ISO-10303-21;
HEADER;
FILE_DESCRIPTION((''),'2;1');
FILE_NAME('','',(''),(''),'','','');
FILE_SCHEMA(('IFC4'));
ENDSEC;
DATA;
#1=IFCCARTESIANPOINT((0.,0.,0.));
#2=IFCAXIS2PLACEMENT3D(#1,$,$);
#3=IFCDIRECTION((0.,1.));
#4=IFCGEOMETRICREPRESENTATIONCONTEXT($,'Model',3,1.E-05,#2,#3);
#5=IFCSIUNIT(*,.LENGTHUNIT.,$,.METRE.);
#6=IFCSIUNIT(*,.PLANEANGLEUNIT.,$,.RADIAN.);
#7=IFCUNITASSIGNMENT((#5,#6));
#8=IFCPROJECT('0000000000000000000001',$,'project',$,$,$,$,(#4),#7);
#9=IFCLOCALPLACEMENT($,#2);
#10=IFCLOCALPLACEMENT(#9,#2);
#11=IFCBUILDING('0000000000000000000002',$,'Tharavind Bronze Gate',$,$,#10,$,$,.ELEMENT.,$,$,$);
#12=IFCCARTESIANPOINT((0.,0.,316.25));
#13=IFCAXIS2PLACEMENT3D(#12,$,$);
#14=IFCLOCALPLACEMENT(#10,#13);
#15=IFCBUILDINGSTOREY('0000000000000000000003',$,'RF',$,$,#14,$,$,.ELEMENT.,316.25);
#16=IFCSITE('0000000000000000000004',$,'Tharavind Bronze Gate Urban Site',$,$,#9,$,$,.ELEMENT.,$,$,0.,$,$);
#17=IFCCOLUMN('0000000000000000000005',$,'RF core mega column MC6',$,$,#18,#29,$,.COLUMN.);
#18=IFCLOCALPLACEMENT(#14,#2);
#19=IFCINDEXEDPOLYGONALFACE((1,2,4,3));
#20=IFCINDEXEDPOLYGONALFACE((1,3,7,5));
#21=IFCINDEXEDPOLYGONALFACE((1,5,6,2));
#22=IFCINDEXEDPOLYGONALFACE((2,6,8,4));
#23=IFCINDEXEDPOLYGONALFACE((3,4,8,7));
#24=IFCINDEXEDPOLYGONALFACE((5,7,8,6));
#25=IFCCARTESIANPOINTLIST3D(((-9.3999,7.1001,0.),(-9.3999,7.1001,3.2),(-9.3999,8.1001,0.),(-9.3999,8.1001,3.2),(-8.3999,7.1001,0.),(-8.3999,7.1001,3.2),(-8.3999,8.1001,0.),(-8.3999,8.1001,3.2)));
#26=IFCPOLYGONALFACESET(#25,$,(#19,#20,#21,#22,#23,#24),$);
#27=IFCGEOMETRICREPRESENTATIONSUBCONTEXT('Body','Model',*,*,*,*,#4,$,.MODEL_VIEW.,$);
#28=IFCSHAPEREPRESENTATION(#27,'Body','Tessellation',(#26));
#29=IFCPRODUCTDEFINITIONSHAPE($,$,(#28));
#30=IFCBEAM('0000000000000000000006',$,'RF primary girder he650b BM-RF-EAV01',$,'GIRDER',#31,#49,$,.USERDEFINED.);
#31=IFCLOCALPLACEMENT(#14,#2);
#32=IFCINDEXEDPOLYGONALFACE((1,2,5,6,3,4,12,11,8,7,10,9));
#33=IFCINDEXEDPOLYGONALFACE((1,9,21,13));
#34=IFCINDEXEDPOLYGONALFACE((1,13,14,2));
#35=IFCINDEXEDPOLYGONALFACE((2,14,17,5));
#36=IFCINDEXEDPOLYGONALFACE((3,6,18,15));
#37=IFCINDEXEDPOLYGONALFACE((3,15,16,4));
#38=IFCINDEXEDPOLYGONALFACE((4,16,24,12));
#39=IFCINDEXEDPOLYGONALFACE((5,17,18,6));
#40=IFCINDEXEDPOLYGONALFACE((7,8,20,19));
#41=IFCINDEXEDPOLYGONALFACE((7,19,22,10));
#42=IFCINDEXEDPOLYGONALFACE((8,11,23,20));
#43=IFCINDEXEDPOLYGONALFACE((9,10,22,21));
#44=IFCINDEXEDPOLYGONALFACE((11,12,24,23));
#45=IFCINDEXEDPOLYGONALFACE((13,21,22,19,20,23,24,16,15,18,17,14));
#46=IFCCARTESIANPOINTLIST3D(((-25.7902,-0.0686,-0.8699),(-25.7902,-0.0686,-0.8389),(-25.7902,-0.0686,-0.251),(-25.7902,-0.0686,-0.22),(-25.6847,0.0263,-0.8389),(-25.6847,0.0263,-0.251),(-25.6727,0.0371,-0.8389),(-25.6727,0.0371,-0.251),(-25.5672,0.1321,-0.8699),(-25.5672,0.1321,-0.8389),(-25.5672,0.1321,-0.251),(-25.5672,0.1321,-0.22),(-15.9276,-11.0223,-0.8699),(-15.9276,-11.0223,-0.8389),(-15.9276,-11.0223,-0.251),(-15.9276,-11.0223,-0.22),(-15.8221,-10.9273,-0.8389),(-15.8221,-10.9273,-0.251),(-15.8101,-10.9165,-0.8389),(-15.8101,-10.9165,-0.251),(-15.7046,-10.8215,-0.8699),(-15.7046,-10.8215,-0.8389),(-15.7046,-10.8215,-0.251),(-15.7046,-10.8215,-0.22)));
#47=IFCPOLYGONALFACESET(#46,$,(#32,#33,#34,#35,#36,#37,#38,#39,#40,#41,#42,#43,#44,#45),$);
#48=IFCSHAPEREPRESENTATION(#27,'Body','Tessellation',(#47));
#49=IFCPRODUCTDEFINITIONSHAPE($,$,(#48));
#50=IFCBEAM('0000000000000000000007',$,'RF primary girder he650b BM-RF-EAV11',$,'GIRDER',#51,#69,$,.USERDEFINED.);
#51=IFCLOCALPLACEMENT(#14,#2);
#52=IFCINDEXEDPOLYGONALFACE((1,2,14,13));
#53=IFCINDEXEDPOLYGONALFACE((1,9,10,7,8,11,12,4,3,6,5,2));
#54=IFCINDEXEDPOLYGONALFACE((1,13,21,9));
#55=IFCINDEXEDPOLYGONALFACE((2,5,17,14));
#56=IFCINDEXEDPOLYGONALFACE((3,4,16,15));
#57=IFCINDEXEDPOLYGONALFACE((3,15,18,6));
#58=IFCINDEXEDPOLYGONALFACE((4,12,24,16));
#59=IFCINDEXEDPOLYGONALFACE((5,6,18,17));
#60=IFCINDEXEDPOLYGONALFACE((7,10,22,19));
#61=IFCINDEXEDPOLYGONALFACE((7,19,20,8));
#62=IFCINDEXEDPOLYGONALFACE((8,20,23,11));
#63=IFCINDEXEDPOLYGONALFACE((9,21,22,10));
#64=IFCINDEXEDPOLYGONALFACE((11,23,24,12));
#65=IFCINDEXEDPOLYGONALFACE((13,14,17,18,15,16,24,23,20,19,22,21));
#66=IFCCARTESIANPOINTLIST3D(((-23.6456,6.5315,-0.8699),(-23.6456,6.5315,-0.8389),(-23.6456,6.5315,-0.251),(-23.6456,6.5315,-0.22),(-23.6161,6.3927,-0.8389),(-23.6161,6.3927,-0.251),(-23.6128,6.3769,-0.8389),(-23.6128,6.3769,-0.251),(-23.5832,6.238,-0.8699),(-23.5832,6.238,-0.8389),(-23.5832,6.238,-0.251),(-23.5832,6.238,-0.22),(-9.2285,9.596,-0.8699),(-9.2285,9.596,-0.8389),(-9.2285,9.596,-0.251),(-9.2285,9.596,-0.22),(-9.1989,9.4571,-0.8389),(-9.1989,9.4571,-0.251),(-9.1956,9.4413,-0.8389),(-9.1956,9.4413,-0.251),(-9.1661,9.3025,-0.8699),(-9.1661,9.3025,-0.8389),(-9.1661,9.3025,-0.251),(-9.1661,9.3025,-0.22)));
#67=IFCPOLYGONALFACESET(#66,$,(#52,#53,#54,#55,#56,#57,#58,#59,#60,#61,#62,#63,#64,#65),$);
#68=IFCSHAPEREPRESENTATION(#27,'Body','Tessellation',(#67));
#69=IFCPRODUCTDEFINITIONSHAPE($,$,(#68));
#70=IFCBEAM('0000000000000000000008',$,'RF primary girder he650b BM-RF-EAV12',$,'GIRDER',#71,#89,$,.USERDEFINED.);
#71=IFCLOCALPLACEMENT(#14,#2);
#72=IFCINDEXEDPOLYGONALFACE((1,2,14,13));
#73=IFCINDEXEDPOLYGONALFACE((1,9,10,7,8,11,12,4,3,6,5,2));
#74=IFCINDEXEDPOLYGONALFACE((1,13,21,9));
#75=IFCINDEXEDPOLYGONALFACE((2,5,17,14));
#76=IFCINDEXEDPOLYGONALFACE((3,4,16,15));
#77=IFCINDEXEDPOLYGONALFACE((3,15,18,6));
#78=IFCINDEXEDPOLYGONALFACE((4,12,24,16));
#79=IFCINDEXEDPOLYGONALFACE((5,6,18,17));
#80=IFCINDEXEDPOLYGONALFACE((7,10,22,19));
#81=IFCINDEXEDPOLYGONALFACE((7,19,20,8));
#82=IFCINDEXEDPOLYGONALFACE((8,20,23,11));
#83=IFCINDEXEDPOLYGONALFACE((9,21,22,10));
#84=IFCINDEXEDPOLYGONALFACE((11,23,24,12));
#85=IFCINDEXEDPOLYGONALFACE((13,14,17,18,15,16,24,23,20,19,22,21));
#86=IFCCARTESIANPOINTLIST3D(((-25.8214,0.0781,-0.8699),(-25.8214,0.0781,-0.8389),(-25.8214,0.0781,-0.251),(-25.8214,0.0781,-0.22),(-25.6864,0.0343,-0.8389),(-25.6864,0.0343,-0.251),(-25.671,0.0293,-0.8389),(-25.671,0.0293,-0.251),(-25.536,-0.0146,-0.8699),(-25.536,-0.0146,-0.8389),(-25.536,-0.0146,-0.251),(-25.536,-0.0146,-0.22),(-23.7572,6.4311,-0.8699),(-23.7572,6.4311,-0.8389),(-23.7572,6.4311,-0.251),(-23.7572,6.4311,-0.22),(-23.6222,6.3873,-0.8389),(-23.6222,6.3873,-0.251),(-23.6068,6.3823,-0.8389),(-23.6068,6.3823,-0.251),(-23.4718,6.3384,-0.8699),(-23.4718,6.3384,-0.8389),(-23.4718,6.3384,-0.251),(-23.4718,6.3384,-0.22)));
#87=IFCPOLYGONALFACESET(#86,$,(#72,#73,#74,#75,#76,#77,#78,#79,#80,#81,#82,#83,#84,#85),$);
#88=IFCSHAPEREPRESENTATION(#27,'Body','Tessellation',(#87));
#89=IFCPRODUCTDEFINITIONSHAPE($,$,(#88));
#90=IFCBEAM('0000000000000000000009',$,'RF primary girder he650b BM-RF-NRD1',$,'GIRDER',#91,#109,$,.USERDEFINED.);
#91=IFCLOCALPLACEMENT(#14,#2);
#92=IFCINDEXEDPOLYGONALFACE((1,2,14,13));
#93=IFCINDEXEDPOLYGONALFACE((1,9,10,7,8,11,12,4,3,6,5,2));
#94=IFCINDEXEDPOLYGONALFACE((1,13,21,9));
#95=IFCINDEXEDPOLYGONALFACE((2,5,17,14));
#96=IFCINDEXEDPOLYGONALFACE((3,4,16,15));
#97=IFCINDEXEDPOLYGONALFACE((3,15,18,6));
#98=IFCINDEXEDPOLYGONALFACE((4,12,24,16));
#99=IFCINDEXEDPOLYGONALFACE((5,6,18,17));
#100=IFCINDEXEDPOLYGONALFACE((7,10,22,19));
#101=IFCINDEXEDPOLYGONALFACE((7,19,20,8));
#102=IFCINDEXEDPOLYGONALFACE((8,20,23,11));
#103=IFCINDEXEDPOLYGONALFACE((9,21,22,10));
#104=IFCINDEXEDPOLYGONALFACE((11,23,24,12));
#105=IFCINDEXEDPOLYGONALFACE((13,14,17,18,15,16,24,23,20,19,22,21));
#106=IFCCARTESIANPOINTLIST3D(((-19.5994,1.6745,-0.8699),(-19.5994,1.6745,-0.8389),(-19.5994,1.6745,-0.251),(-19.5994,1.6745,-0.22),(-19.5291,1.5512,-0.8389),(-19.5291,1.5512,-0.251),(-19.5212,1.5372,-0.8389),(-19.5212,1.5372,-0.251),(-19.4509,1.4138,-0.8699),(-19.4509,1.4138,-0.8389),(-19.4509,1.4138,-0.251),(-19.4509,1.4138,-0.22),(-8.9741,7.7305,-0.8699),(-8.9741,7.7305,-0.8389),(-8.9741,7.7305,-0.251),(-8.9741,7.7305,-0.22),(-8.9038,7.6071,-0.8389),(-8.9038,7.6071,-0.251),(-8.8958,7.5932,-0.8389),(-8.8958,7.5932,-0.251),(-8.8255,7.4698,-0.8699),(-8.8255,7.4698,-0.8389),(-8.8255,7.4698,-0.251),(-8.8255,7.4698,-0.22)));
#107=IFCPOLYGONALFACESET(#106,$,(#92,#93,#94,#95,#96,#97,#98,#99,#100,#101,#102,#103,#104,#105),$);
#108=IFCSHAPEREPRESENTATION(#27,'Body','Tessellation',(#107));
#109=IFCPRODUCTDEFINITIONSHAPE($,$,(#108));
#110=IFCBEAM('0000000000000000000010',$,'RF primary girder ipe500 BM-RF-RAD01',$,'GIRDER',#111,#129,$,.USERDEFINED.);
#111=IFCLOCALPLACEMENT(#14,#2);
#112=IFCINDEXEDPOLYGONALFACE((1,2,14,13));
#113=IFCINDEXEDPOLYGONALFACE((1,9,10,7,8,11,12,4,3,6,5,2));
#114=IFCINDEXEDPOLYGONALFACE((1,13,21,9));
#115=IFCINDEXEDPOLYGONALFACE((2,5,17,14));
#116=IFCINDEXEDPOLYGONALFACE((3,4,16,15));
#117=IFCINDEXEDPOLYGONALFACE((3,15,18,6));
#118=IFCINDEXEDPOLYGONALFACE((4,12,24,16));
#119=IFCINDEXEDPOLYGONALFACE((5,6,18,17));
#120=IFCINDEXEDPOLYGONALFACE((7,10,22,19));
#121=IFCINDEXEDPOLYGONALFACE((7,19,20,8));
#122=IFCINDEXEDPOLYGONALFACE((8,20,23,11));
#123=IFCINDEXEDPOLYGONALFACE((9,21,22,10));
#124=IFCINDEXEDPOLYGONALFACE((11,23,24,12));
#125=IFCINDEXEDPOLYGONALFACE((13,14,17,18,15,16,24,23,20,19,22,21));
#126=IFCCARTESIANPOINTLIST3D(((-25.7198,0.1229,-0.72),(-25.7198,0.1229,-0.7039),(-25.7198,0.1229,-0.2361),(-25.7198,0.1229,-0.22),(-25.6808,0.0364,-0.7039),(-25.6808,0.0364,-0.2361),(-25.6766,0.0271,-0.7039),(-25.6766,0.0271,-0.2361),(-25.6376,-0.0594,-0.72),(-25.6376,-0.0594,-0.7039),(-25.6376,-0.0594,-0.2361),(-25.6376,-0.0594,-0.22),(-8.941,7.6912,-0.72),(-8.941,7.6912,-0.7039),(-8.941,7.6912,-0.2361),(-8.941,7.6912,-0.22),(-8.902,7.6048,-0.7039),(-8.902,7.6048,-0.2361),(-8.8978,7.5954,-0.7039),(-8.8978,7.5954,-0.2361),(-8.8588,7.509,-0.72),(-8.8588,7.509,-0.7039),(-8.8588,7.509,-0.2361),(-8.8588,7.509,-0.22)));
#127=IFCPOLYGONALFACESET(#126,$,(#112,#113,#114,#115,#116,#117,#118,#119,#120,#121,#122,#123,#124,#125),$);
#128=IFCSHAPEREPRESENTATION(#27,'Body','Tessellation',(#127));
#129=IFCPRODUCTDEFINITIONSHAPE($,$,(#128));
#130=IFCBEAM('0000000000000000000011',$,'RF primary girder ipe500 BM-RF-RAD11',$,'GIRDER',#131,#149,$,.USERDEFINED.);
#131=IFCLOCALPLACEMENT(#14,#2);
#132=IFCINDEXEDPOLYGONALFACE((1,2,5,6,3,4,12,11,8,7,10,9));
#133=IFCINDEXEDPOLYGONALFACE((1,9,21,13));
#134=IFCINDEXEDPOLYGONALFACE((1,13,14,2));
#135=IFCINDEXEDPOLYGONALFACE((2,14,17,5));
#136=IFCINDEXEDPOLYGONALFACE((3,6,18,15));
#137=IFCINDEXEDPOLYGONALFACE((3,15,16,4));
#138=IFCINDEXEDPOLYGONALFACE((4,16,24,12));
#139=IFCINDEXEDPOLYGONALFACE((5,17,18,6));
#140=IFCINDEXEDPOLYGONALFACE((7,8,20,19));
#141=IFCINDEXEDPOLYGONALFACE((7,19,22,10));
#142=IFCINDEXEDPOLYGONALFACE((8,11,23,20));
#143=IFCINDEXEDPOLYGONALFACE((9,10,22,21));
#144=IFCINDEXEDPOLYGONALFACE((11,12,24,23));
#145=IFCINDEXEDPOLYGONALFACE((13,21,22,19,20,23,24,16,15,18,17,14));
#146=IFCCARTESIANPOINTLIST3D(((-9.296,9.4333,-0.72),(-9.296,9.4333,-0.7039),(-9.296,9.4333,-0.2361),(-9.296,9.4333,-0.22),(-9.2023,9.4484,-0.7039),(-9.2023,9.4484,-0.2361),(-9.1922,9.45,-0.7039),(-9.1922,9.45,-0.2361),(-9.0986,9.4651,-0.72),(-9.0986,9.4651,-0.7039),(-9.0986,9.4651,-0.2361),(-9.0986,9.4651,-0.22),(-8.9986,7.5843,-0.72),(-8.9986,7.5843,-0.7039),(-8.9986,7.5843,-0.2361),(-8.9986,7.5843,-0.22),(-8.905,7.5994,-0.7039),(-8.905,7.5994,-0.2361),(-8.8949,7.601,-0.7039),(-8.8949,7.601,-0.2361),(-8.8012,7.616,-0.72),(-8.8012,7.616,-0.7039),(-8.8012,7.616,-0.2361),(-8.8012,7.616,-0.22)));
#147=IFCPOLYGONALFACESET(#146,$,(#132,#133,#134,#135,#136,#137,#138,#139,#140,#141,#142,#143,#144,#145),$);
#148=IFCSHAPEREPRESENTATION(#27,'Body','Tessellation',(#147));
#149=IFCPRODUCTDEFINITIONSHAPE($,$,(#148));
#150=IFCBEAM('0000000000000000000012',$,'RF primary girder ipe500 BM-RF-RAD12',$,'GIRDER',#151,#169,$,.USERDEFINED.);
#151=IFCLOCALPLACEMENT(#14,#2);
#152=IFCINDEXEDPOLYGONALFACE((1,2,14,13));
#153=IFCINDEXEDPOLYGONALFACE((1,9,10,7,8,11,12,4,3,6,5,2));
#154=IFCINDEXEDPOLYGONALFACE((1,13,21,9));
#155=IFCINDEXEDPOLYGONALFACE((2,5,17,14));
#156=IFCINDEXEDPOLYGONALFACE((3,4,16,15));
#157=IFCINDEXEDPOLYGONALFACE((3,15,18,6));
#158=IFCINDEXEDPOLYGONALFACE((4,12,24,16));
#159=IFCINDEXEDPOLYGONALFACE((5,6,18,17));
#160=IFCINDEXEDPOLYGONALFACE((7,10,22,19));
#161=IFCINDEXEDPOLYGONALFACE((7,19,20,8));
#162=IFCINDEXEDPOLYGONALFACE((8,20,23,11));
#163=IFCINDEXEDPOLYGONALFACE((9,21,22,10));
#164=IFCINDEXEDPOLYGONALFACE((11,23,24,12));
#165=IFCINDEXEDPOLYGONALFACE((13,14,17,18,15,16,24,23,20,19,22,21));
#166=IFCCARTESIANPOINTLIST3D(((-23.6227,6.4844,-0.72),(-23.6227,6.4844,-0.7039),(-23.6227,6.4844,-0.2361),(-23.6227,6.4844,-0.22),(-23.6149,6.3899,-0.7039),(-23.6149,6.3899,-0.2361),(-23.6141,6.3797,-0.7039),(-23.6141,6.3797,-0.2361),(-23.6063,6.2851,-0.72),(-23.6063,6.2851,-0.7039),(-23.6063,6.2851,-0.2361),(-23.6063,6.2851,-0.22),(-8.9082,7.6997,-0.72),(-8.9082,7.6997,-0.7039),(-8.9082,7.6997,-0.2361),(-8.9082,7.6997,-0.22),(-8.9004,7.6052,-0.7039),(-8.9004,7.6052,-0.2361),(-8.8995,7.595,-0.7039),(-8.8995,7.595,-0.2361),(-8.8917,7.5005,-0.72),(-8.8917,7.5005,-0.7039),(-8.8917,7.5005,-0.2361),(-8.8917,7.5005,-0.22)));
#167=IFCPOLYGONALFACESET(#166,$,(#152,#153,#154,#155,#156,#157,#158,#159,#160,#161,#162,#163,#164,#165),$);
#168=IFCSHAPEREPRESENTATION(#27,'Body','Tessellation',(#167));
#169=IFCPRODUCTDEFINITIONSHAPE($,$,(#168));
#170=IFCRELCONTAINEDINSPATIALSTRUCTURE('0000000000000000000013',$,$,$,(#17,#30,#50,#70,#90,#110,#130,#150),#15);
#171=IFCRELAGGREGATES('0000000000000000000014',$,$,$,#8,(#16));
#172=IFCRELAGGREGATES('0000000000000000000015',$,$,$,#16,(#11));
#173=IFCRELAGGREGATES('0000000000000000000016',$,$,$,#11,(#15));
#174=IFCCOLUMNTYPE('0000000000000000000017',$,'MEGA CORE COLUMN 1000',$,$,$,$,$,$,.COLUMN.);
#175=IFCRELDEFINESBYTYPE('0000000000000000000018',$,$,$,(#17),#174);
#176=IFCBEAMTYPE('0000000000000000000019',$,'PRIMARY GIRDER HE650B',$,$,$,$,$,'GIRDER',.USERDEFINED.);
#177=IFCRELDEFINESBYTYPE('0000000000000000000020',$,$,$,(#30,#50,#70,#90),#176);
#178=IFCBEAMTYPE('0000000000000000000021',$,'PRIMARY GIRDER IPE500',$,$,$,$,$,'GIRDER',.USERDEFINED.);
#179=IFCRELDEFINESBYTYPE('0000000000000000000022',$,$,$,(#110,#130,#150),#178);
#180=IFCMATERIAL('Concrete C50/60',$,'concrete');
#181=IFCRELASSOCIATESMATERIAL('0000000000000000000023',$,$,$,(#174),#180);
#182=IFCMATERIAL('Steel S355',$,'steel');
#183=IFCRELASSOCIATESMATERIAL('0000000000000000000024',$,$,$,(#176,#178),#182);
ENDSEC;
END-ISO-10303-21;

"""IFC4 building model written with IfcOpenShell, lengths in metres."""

from ifc_helpers import new_model, si_unit, direction, frame, origin, origin_2d, place, context, subcontext, project, spatial, rectangle, i_section, extrude, material, material_profile, profile_set, type_object, element, save


model = new_model("IFC4")

# Units and contexts
model_context = context("Model", 3, precision=1e-05, world=origin(), true_north=direction((0.0, 1.0)))
body_context = subcontext(model_context, "Body", "Model", "MODEL_VIEW")
ifc_project = project(units=[si_unit("LENGTHUNIT", "METRE"), si_unit("PLANEANGLEUNIT", "RADIAN")], contexts=[model_context])

# Site, building, storey
site_placement = place(None, origin())
site = spatial("IfcSite", under=ifc_project, at=site_placement, Name="Tharavind Bronze Gate Urban Site", CompositionType="ELEMENT", RefElevation=0.0)
building_placement = place(site_placement, origin())
building = spatial("IfcBuilding", under=site, at=building_placement, Name="Tharavind Bronze Gate", CompositionType="ELEMENT")
storey_placement = place(building_placement, frame((0.0, 0.0, 316.25)))
storey = spatial("IfcBuildingStorey", under=building, at=storey_placement, Name="RF", CompositionType="ELEMENT", Elevation=316.25)

# Column
ifc_material_1 = material(Name="Concrete C50/60", Category="concrete")
ifc_material_profile_1 = material_profile(ifc_material_1, rectangle(XDim=1.0, YDim=1.0, at=origin_2d()), Name="RCCOL1000")
ifc_profile_set_1 = profile_set([ifc_material_profile_1], Name="Concrete C50/60")
column_type = type_object("IfcColumnType", Name="MEGA CORE COLUMN 1000", PredefinedType="COLUMN", material=ifc_profile_set_1)
column_placement = place(storey_placement, frame((-8.8999, 7.6001, 0.0), z_axis=(0.0, 0.0, 1.0), x_axis=(1.0, 0.0, 0.0)))
element("IfcColumn", 1, at=column_placement, inside=storey, type_object=column_type, Name="RF core mega column MC6", PredefinedType="COLUMN", context=body_context, shape_type="SweptSolid", body=[
    extrude(rectangle(XDim=1.0, YDim=1.0, at=origin_2d()), origin(), (0.0, 0.0, 1.0), 3.2),
])

# Beams
ifc_material_2 = material(Name="Steel S355", Category="steel")
ifc_material_profile_2 = material_profile(ifc_material_2, i_section(OverallWidth=0.3, OverallDepth=0.6499, WebThickness=0.0161, FlangeThickness=0.031, at=origin_2d()), Name="HE650B")
ifc_profile_set_2 = profile_set([ifc_material_profile_2], Name="Steel S355")
beam_type_1 = type_object("IfcBeamType", Name="PRIMARY GIRDER HE650B", ElementType="GIRDER", PredefinedType="USERDEFINED", material=ifc_profile_set_2)
beam_1_placement = place(storey_placement, frame((-25.6787, 0.0317, -0.5449), z_axis=(0.669126, -0.743149, 0.0), x_axis=(0.743149, 0.669126, 0.0)))
element("IfcBeam", 2, at=beam_1_placement, inside=storey, type_object=beam_type_1, Name="RF primary girder he650b BM-RF-EAV01", ObjectType="GIRDER", PredefinedType="USERDEFINED", context=body_context, shape_type="SweptSolid", body=[
    extrude(i_section(OverallWidth=0.3, OverallDepth=0.6499, WebThickness=0.0161, FlangeThickness=0.031, at=origin_2d()), origin(), (0.0, 0.0, 1.0), 14.7395),
])
beam_2_placement = place(storey_placement, frame((-9.1973, 9.4492, -0.5449), z_axis=(-0.978148, -0.20791, 0.0), x_axis=(0.20791, -0.978148, 0.0)))
element("IfcBeam", 3, at=beam_2_placement, inside=storey, type_object=beam_type_1, Name="RF primary girder he650b BM-RF-EAV11", ObjectType="GIRDER", PredefinedType="USERDEFINED", context=body_context, shape_type="SweptSolid", body=[
    extrude(i_section(OverallWidth=0.3, OverallDepth=0.6499, WebThickness=0.0161, FlangeThickness=0.031, at=origin_2d()), origin(), (0.0, 0.0, 1.0), 14.7393),
])
beam_3_placement = place(storey_placement, frame((-23.6145, 6.3848, -0.5449), z_axis=(-0.309015, -0.951057, 0.0), x_axis=(0.951057, -0.309015, 0.0)))
element("IfcBeam", 4, at=beam_3_placement, inside=storey, type_object=beam_type_1, Name="RF primary girder he650b BM-RF-EAV12", ObjectType="GIRDER", PredefinedType="USERDEFINED", context=body_context, shape_type="SweptSolid", body=[
    extrude(i_section(OverallWidth=0.3, OverallDepth=0.6499, WebThickness=0.0161, FlangeThickness=0.031, at=origin_2d()), origin(), (0.0, 0.0, 1.0), 6.6799),
])
beam_4_placement = place(storey_placement, frame((-19.5251, 1.5442, -0.5449), z_axis=(0.868794, 0.495173, 0.0), x_axis=(-0.495173, 0.868794, 0.0)))
element("IfcBeam", 5, at=beam_4_placement, inside=storey, type_object=beam_type_1, Name="RF primary girder he650b BM-RF-NRD1", ObjectType="GIRDER", PredefinedType="USERDEFINED", context=body_context, shape_type="SweptSolid", body=[
    extrude(i_section(OverallWidth=0.3, OverallDepth=0.6499, WebThickness=0.0161, FlangeThickness=0.031, at=origin_2d()), origin(), (0.0, 0.0, 1.0), 12.23),
])
ifc_material_profile_3 = material_profile(ifc_material_2, i_section(OverallWidth=0.2, OverallDepth=0.5, WebThickness=0.0103, FlangeThickness=0.0161, at=origin_2d()), Name="IPE500")
ifc_profile_set_3 = profile_set([ifc_material_profile_3], Name="Steel S355")
beam_type_2 = type_object("IfcBeamType", Name="PRIMARY GIRDER IPE500", ElementType="GIRDER", PredefinedType="USERDEFINED", material=ifc_profile_set_3)
beam_5_placement = place(storey_placement, frame((-25.6787, 0.0317, -0.47), z_axis=(0.911557, 0.411173, 0.0), x_axis=(-0.411173, 0.911557, 0.0)))
element("IfcBeam", 6, at=beam_5_placement, inside=storey, type_object=beam_type_2, Name="RF primary girder ipe500 BM-RF-RAD01", ObjectType="GIRDER", PredefinedType="USERDEFINED", context=body_context, shape_type="SweptSolid", body=[
    extrude(i_section(OverallWidth=0.2, OverallDepth=0.5, WebThickness=0.0103, FlangeThickness=0.0161, at=origin_2d()), origin(), (0.0, 0.0, 1.0), 18.4067),
])
beam_6_placement = place(storey_placement, frame((-9.1973, 9.4492, -0.47), z_axis=(0.158773, -0.987315, 0.0), x_axis=(0.987315, 0.158773, 0.0)))
element("IfcBeam", 7, at=beam_6_placement, inside=storey, type_object=beam_type_2, Name="RF primary girder ipe500 BM-RF-RAD11", ObjectType="GIRDER", PredefinedType="USERDEFINED", context=body_context, shape_type="SweptSolid", body=[
    extrude(i_section(OverallWidth=0.2, OverallDepth=0.5, WebThickness=0.0103, FlangeThickness=0.0161, at=origin_2d()), origin(), (0.0, 0.0, 1.0), 1.8728),
])
beam_7_placement = place(storey_placement, frame((-23.6145, 6.3848, -0.47), z_axis=(0.996606, 0.082313, 0.0), x_axis=(-0.082313, 0.996606, 0.0)))
element("IfcBeam", 8, at=beam_7_placement, inside=storey, type_object=beam_type_2, Name="RF primary girder ipe500 BM-RF-RAD12", ObjectType="GIRDER", PredefinedType="USERDEFINED", context=body_context, shape_type="SweptSolid", body=[
    extrude(i_section(OverallWidth=0.2, OverallDepth=0.5, WebThickness=0.0103, FlangeThickness=0.0161, at=origin_2d()), origin(), (0.0, 0.0, 1.0), 14.7646),
])

save(model, "model.ifc")
